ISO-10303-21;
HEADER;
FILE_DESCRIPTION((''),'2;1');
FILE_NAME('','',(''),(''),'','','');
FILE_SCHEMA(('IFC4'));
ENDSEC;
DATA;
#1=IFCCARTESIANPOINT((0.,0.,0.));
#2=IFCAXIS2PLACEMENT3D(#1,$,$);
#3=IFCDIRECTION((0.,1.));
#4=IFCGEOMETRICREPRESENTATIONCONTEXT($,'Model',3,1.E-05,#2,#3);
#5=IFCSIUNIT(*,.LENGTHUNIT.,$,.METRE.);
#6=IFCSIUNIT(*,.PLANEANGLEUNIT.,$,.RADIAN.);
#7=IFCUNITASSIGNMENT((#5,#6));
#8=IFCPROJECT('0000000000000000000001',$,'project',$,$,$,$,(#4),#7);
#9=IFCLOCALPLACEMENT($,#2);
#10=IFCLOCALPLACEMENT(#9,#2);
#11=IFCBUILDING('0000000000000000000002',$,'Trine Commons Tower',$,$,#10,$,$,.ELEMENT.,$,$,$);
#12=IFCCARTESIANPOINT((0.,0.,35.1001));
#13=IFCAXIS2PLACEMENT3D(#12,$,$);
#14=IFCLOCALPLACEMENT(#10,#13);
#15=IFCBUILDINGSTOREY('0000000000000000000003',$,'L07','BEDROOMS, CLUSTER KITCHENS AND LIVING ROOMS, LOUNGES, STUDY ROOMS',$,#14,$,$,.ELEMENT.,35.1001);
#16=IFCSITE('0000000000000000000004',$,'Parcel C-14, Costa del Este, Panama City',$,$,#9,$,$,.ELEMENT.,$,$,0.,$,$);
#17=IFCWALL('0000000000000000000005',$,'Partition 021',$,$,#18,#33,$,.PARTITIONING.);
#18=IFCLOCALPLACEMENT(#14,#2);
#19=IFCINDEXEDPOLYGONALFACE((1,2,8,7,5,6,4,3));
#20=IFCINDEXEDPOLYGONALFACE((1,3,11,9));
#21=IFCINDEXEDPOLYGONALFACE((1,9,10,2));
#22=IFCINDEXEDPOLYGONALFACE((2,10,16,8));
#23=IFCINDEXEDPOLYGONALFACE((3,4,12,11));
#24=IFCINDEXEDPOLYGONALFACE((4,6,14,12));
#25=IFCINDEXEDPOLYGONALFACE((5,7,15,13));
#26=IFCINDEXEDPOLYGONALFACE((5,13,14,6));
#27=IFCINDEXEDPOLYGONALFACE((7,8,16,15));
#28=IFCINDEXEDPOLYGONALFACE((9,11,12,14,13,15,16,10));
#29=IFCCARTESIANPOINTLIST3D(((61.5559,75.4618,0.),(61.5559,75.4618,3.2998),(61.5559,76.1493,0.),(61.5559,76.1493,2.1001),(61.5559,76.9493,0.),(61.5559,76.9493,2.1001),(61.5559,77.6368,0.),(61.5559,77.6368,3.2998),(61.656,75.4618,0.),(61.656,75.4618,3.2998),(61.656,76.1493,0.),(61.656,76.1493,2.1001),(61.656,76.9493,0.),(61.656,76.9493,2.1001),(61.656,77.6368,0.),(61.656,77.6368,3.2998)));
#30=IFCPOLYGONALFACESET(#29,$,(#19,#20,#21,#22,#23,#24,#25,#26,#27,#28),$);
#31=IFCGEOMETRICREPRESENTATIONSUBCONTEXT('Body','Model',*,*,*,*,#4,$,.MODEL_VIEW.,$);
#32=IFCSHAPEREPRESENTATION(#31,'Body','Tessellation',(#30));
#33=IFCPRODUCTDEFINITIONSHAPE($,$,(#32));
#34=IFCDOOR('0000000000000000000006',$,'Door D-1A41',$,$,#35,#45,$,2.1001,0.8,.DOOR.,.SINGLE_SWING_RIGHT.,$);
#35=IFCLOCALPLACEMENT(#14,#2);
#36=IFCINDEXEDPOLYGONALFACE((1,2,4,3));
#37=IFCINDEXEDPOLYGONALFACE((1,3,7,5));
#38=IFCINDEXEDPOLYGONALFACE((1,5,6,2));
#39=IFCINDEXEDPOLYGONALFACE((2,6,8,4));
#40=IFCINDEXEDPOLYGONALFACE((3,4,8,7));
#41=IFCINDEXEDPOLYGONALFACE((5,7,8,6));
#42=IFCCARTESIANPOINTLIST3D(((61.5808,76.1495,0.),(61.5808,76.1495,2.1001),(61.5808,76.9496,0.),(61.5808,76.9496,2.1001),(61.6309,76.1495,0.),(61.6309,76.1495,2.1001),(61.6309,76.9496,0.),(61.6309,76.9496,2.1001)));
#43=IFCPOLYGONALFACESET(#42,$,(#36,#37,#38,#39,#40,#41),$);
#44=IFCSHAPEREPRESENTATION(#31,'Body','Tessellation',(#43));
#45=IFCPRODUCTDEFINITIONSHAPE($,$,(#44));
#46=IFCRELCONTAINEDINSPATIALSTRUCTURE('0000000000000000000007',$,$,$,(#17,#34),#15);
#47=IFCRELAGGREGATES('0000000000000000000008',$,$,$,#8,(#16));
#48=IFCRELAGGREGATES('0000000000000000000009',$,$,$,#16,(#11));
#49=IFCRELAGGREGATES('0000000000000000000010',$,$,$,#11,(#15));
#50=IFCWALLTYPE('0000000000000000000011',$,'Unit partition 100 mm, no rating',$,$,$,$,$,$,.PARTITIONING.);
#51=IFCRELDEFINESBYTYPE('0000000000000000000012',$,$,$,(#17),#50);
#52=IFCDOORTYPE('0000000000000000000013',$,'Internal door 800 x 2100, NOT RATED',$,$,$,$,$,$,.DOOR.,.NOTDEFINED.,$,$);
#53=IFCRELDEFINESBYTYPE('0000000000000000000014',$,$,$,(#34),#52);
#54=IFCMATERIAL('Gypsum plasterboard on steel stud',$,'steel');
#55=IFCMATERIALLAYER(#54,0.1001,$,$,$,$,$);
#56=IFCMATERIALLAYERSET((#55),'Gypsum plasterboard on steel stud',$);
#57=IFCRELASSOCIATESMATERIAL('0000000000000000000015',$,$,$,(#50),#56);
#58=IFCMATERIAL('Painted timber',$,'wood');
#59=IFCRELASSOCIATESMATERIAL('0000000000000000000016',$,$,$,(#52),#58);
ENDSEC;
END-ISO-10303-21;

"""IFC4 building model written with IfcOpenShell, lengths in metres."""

from ifc_helpers import new_model, si_unit, direction, frame, frame_2d, origin, place, context, subcontext, project, spatial, rectangle, extrude, material, layer, layer_set, type_object, element, fill, save


model = new_model("IFC4")

# Units and contexts
model_context = context("Model", 3, precision=1e-05, world=origin(), true_north=direction((0.0, 1.0)))
body_context = subcontext(model_context, "Body", "Model", "MODEL_VIEW")
ifc_project = project(units=[si_unit("LENGTHUNIT", "METRE"), si_unit("PLANEANGLEUNIT", "RADIAN")], contexts=[model_context])

# Site, building, storey
site_placement = place(None, origin())
site = spatial("IfcSite", under=ifc_project, at=site_placement, Name="Parcel C-14, Costa del Este, Panama City", CompositionType="ELEMENT", RefElevation=0.0)
building_placement = place(site_placement, origin())
building = spatial("IfcBuilding", under=site, at=building_placement, Name="Trine Commons Tower", CompositionType="ELEMENT")
storey_placement = place(building_placement, frame((0.0, 0.0, 35.1001)))
storey = spatial("IfcBuildingStorey", under=building, at=storey_placement, Name="L07", Description="BEDROOMS, CLUSTER KITCHENS AND LIVING ROOMS, LOUNGES, STUDY ROOMS", CompositionType="ELEMENT", Elevation=35.1001)

# Shared definitions
ifc_material_1 = material(Name="Gypsum plasterboard on steel stud", Category="steel")

# Shared definitions
ifc_material_2 = material(Name="Painted timber", Category="wood")

# Shared definitions
ifc_layer_1 = layer(ifc_material_1, 0.1001)
ifc_layer_set_1 = layer_set([ifc_layer_1], Name="Gypsum plasterboard on steel stud")
wall_type_1 = type_object("IfcWallType", Name="Unit partition 100 mm, no rating", PredefinedType="PARTITIONING", material=ifc_layer_set_1)

# Wall, opening, door
wall_1_placement = place(storey_placement, frame((61.606, 75.4619, 0.0), z_axis=(0.0, 0.0, 1.0), x_axis=(0.0, 1.0, 0.0)))
wall_1 = element("IfcWall", 1, at=wall_1_placement, inside=storey, type_object=wall_type_1, Name="Partition 021", PredefinedType="PARTITIONING", context=body_context, shape_type="SweptSolid", body=[
    extrude(rectangle(XDim=2.175, YDim=0.1001, at=frame_2d((1.0874, 0.0))), origin(), (0.0, 0.0, 1.0), 3.2998),
])
opening_1_placement = place(wall_1_placement, frame((0.6875, 0.0, 0.0)))
opening_1 = element("IfcOpeningElement", 2, at=opening_1_placement, cuts=wall_1, PredefinedType="OPENING", context=body_context, shape_type="SweptSolid", body=[
    extrude(rectangle(XDim=0.8, YDim=2.1001, at=frame_2d((0.3999, 1.05))), frame((0.0, 0.0601, 0.0), z_axis=(0.0, -1.0, 0.0), x_axis=(1.0, 0.0, 0.0)), (0.0, 0.0, 1.0), 0.1201),
])
door_type_1 = type_object("IfcDoorType", Name="Internal door 800 x 2100, NOT RATED", OperationType="NOTDEFINED", PredefinedType="DOOR", material=ifc_material_2)
door_1_placement = place(opening_1_placement, frame((0.8, 0.0, 0.0), z_axis=(0.0, 0.0, 1.0), x_axis=(-1.0, 0.0, 0.0)))
door_1 = element("IfcDoor", 3, at=door_1_placement, inside=storey, type_object=door_type_1, Name="Door D-1A41", OperationType="SINGLE_SWING_RIGHT", OverallHeight=2.1001, OverallWidth=0.8, PredefinedType="DOOR", context=body_context, shape_type="SweptSolid", body=[
    extrude(rectangle(XDim=0.8, YDim=2.1001, at=frame_2d((0.3999, 1.05))), frame((0.0, 0.0249, 0.0), z_axis=(0.0, -1.0, 0.0), x_axis=(1.0, 0.0, 0.0)), (0.0, 0.0, 1.0), 0.05),
])
fill(opening_1, door_1)

save(model, "model.ifc")
